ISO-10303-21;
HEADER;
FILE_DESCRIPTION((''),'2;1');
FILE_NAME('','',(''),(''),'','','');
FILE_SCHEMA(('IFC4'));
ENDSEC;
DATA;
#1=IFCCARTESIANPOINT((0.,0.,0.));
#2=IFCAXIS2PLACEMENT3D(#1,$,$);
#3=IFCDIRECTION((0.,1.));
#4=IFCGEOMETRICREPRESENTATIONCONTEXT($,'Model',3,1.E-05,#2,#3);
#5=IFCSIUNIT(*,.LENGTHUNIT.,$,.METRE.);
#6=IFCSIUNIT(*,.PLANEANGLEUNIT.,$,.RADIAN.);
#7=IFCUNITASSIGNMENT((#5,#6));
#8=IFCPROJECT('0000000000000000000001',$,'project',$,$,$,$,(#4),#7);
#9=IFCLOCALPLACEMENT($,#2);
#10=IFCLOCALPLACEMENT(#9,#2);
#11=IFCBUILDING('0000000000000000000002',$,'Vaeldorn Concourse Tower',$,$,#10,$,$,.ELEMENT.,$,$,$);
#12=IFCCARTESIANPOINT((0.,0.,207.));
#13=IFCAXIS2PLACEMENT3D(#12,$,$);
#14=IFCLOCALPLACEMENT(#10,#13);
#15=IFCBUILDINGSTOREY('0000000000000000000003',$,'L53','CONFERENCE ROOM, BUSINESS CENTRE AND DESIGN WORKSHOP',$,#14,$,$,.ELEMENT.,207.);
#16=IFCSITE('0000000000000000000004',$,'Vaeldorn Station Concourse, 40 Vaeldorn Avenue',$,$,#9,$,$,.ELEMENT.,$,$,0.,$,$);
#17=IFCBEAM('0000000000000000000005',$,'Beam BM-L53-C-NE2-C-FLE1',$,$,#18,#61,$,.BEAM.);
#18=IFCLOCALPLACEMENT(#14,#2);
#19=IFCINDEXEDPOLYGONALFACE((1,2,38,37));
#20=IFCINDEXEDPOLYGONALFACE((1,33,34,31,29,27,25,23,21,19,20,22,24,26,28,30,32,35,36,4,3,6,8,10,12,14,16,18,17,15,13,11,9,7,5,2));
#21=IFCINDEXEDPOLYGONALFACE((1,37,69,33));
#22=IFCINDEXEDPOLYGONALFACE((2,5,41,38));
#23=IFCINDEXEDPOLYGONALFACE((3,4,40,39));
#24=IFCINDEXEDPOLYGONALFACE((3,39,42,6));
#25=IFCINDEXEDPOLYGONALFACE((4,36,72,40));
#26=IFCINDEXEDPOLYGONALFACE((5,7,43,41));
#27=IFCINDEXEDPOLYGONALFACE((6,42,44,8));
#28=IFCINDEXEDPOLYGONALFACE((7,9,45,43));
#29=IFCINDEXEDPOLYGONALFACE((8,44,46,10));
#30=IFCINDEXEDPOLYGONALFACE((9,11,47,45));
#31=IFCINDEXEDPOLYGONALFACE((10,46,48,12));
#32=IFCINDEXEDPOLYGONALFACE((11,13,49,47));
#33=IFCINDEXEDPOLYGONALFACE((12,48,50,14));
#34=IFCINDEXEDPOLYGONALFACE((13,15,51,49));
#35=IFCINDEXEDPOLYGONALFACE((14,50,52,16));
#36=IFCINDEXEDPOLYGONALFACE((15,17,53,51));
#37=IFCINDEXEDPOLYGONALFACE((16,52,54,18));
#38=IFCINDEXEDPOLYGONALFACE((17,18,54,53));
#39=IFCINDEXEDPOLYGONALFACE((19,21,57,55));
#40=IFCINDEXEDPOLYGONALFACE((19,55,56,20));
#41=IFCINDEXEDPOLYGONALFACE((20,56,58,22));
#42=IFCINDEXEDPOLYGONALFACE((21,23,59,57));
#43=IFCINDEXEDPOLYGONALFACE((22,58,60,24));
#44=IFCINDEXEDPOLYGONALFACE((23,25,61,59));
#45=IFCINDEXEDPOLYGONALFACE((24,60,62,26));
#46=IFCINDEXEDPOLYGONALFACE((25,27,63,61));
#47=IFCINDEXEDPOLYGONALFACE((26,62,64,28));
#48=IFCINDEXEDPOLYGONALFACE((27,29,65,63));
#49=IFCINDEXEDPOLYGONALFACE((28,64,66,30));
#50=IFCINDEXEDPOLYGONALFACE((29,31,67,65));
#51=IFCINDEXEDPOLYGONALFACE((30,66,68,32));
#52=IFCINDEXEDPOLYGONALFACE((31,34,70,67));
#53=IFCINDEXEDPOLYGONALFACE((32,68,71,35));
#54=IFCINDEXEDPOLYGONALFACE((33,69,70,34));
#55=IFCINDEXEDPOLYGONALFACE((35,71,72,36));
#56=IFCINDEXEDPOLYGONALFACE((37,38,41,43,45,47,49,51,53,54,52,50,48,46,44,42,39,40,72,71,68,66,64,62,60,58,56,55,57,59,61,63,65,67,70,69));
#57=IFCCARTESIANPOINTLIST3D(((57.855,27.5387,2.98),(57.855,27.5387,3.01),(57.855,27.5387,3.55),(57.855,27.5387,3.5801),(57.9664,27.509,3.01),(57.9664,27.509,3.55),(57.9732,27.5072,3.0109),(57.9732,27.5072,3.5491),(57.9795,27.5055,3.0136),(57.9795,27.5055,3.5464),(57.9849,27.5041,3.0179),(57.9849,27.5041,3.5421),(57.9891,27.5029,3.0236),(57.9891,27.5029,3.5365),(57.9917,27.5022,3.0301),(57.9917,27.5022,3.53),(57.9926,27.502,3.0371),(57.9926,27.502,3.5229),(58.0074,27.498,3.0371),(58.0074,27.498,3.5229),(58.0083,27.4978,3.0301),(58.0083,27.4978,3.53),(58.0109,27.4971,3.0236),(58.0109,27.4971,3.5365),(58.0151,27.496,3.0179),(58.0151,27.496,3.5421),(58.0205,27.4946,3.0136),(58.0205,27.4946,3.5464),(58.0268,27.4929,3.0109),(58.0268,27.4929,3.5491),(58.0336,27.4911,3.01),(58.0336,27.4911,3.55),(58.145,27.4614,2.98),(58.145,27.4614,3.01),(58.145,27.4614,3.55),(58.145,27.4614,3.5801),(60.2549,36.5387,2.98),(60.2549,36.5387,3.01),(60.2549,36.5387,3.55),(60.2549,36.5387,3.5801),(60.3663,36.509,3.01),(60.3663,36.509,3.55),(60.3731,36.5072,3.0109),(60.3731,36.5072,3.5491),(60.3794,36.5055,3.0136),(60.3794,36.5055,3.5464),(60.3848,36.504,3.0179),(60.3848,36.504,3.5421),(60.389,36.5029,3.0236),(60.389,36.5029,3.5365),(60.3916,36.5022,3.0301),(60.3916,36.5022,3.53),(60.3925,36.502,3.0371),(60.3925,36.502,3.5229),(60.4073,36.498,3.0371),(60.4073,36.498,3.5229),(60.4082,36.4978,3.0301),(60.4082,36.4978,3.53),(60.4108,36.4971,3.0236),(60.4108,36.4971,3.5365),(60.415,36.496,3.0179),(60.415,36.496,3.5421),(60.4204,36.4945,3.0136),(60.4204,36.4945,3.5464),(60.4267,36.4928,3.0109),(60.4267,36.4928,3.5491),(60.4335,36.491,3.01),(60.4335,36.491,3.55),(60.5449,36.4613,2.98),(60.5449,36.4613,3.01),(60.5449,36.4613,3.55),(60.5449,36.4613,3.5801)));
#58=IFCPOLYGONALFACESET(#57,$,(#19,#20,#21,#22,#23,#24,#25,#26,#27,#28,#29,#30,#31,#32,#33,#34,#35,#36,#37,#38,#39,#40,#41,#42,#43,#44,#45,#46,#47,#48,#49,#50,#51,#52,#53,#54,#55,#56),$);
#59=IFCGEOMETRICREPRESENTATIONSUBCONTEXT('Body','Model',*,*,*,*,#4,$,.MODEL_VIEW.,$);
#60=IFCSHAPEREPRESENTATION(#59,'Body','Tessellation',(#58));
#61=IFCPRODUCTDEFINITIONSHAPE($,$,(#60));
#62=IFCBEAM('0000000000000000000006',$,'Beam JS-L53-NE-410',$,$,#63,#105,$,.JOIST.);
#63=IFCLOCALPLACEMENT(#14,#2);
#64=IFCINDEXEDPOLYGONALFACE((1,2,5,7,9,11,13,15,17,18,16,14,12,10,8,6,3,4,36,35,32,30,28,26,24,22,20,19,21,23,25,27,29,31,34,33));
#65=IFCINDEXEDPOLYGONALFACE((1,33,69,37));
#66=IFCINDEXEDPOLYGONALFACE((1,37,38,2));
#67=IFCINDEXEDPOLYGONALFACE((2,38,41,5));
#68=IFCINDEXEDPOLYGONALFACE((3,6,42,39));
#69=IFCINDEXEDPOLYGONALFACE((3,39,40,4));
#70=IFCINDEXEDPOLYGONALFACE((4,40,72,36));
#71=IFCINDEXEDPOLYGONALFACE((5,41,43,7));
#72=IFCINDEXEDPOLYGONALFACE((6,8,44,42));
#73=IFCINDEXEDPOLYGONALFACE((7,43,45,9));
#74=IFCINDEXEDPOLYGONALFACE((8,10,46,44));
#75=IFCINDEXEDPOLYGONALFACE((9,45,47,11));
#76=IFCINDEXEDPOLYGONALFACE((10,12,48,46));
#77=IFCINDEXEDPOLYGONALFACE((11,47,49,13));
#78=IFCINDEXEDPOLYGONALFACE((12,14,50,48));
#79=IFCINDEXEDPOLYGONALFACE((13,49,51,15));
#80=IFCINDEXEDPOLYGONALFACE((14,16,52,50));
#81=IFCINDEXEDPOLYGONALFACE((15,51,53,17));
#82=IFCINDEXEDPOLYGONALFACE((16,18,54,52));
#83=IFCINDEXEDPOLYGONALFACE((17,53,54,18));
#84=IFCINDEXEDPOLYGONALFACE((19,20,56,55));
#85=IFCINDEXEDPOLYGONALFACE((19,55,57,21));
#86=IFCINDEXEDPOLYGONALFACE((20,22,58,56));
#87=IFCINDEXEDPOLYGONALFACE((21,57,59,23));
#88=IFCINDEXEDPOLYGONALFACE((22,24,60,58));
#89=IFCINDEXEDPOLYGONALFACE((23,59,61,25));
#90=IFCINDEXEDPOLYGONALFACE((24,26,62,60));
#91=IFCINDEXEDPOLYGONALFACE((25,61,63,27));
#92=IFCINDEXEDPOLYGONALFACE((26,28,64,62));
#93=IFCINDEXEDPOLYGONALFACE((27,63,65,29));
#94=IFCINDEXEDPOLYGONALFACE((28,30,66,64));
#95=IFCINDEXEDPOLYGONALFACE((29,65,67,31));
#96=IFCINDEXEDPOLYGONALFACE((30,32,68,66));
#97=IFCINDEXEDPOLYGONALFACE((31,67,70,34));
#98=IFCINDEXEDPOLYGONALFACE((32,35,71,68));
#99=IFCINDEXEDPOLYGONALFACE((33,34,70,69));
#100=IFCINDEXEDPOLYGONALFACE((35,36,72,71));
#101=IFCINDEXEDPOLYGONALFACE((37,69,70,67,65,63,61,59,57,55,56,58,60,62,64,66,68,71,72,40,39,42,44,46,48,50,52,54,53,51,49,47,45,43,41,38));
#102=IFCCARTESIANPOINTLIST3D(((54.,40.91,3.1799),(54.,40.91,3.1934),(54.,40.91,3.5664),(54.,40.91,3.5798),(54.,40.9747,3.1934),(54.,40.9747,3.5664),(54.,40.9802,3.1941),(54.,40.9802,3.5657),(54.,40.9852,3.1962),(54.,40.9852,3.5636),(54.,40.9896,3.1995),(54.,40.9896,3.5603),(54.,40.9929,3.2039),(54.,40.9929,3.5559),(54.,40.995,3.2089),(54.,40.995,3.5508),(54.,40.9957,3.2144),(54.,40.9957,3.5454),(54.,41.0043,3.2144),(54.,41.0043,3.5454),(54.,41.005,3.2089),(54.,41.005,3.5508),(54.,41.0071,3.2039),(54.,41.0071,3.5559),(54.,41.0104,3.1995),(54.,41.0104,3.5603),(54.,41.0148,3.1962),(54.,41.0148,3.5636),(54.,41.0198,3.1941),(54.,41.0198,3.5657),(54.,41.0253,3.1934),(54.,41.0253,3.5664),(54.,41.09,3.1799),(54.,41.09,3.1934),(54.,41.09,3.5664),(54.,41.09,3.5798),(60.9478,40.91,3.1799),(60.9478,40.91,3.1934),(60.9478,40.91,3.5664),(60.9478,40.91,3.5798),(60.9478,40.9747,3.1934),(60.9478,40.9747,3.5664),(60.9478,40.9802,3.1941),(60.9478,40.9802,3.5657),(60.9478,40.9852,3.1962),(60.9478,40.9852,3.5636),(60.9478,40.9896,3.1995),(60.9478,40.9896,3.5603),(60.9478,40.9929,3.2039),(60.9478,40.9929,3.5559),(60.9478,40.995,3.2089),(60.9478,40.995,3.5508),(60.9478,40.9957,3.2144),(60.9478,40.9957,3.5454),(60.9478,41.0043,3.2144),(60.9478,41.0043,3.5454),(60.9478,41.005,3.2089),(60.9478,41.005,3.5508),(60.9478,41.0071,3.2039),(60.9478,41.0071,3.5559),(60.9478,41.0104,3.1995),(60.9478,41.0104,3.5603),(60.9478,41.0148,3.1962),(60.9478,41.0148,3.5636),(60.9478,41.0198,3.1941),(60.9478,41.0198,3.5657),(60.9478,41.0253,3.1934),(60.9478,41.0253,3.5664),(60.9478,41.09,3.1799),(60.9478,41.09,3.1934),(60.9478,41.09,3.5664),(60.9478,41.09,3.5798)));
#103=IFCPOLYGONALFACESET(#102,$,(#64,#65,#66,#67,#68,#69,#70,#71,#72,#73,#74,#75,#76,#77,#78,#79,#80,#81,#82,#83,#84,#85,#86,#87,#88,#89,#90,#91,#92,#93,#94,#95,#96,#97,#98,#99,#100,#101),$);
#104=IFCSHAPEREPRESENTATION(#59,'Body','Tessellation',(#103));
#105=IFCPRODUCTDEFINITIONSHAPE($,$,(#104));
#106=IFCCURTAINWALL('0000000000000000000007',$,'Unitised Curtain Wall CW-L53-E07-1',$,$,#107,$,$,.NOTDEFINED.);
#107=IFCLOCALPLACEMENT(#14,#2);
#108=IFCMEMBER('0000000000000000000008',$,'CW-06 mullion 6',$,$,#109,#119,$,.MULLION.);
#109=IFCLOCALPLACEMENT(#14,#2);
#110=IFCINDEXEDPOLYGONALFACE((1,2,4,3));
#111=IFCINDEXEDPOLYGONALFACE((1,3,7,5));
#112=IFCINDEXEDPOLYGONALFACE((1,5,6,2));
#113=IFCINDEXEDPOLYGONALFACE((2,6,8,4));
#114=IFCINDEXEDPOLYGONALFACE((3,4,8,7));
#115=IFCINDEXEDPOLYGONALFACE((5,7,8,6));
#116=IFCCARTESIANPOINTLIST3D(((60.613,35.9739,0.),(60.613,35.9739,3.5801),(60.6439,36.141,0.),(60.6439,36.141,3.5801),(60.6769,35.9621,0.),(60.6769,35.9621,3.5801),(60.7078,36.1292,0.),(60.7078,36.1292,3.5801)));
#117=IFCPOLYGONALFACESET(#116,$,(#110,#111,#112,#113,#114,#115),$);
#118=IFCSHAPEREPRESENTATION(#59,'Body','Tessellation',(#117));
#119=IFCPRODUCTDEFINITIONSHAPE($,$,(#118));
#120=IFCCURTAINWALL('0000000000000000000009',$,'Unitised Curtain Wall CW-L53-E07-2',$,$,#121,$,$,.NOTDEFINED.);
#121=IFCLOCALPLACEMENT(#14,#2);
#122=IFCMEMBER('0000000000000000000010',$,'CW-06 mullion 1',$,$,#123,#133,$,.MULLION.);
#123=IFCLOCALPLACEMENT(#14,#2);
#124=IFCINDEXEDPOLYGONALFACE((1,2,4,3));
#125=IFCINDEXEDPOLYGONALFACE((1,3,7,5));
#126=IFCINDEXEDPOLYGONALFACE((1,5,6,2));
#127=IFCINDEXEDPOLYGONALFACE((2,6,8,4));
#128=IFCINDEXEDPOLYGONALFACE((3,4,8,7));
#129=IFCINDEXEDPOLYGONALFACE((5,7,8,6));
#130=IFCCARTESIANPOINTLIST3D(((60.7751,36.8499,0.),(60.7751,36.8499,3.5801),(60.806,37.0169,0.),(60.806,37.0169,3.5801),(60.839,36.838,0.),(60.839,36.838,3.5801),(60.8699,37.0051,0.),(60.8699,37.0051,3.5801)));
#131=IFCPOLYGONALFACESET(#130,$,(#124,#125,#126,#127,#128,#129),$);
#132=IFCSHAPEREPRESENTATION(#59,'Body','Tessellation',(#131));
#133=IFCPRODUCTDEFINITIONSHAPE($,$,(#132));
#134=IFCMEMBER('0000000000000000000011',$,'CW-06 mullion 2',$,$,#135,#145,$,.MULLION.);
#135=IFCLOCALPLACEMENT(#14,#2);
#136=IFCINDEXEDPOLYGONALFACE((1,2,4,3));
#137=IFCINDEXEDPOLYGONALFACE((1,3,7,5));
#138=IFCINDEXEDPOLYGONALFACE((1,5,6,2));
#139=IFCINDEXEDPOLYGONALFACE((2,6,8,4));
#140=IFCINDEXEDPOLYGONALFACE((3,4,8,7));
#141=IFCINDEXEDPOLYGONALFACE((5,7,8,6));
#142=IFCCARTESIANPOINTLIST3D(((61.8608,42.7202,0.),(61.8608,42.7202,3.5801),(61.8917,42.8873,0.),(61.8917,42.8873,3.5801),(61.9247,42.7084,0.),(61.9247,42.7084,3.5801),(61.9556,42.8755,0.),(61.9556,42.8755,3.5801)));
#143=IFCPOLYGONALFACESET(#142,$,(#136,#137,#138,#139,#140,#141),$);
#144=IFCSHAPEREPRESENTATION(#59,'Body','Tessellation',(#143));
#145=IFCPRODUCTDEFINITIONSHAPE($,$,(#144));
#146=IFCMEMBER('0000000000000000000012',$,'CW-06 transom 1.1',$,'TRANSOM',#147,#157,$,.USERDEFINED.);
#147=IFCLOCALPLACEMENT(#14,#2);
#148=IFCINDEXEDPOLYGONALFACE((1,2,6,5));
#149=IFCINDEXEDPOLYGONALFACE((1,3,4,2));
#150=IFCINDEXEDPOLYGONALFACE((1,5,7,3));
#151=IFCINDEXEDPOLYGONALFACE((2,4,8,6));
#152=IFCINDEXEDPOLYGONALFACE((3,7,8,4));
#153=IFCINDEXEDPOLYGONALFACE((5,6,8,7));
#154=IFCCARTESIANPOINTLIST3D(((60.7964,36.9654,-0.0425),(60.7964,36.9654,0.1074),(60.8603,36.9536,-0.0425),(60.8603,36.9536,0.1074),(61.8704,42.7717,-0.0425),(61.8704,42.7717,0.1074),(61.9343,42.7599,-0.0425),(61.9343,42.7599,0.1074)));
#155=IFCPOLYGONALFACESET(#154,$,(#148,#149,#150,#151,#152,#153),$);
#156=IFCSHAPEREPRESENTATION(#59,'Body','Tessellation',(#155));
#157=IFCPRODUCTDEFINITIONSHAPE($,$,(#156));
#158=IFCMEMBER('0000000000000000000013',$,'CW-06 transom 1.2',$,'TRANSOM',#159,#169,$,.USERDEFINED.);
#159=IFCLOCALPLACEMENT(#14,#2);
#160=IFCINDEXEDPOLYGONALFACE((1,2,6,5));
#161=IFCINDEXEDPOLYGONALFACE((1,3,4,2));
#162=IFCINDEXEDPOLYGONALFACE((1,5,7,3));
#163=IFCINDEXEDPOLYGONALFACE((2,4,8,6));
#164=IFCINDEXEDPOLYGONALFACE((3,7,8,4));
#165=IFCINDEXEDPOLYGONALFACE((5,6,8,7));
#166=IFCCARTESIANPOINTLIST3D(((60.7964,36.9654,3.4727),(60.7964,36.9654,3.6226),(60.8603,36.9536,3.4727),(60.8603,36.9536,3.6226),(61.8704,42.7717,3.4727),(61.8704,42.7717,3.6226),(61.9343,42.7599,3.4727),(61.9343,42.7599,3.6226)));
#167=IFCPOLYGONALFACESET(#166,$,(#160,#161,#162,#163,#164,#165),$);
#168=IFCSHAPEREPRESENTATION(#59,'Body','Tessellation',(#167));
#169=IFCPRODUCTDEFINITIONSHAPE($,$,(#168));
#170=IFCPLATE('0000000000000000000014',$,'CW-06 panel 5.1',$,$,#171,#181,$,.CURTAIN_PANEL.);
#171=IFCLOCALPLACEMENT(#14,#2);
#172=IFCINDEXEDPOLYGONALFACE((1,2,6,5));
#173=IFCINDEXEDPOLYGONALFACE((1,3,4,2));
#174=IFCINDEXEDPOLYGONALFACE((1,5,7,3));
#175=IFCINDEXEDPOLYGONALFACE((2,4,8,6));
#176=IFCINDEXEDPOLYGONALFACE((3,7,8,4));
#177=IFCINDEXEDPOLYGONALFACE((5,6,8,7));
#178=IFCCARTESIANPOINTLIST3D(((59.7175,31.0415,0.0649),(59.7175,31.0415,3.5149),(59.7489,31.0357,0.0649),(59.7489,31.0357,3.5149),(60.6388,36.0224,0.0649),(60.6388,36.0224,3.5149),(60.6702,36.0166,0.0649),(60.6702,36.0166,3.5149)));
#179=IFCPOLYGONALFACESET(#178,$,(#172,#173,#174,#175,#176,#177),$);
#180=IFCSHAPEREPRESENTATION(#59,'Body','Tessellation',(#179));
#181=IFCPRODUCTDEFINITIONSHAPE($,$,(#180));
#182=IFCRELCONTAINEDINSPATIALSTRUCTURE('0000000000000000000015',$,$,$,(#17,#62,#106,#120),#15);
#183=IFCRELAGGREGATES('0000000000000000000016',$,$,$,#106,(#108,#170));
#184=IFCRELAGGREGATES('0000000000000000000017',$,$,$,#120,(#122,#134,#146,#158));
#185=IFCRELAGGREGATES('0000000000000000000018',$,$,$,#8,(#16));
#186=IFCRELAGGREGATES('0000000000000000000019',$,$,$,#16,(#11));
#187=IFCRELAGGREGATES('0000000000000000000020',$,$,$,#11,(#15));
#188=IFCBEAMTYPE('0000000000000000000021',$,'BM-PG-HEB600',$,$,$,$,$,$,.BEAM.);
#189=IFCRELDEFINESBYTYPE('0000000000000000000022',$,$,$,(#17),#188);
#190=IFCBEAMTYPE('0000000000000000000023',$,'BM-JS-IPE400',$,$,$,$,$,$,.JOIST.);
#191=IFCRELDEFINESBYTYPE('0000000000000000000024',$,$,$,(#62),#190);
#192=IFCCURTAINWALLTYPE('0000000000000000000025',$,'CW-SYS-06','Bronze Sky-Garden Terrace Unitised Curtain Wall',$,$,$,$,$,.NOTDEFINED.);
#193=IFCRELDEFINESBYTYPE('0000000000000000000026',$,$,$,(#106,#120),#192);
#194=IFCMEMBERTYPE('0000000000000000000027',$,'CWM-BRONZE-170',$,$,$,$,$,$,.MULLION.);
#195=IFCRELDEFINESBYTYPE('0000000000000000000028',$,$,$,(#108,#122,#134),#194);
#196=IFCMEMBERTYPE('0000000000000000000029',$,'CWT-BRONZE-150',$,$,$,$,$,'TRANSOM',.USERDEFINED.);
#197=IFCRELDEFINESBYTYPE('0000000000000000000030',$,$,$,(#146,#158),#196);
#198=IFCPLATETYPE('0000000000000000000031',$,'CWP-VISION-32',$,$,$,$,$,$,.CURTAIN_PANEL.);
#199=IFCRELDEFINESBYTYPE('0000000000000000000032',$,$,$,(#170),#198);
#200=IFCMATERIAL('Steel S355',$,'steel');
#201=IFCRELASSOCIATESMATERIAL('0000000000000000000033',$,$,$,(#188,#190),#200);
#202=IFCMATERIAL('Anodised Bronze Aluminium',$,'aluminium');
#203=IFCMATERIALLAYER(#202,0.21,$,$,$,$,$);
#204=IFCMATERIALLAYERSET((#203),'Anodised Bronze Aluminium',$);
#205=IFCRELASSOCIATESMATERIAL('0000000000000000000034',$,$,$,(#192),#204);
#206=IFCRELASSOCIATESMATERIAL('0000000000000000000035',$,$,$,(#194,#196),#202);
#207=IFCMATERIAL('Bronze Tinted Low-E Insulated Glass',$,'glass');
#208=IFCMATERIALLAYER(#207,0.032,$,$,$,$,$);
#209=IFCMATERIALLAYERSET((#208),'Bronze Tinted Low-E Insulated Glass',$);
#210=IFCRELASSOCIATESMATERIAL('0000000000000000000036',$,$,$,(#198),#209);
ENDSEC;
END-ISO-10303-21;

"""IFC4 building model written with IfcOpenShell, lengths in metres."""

from ifc_helpers import new_model, si_unit, direction, frame, origin, origin_2d, place, context, subcontext, project, spatial, rectangle, i_section, extrude, source, transform, mapped, material, layer, layer_set, material_profile, profile_set, type_object, element, aggregate, save


model = new_model("IFC4")

# Units and contexts
model_context = context("Model", 3, precision=1e-05, world=origin(), true_north=direction((0.0, 1.0)))
body_context = subcontext(model_context, "Body", "Model", "MODEL_VIEW")
ifc_project = project(units=[si_unit("LENGTHUNIT", "METRE"), si_unit("PLANEANGLEUNIT", "RADIAN")], contexts=[model_context])

# Site, building, storey
site_placement = place(None, origin())
site = spatial("IfcSite", under=ifc_project, at=site_placement, Name="Vaeldorn Station Concourse, 40 Vaeldorn Avenue", CompositionType="ELEMENT", RefElevation=0.0)
building_placement = place(site_placement, origin())
building = spatial("IfcBuilding", under=site, at=building_placement, Name="Vaeldorn Concourse Tower", CompositionType="ELEMENT")
storey_placement = place(building_placement, frame((0.0, 0.0, 207.0)))
storey = spatial("IfcBuildingStorey", under=building, at=storey_placement, Name="L53", Description="CONFERENCE ROOM, BUSINESS CENTRE AND DESIGN WORKSHOP", CompositionType="ELEMENT", Elevation=207.0)

# Beams
ifc_material_1 = material(Name="Steel S355", Category="steel")
ifc_material_profile_1 = material_profile(ifc_material_1, i_section(OverallWidth=0.3, OverallDepth=0.6001, WebThickness=0.0154, FlangeThickness=0.03, FilletRadius=0.0271, at=origin_2d()), Name="HEB 600")
ifc_profile_set_1 = profile_set([ifc_material_profile_1], Name="Steel S355")
beam_type_1 = type_object("IfcBeamType", Name="BM-PG-HEB600", PredefinedType="BEAM", material=ifc_profile_set_1)
shared_shape_1 = source(origin(), body_context, "Body", "SweptSolid", [
    extrude(i_section(OverallWidth=0.3, OverallDepth=0.6001, WebThickness=0.0154, FlangeThickness=0.03, FilletRadius=0.0271, at=origin_2d()), origin(), (0.0, 0.0, 1.0), 9.3145),
])
beam_1_placement = place(storey_placement, frame((60.3999, 36.5, 3.28), z_axis=(-0.257653, -0.966238, 0.0), x_axis=(0.966238, -0.257653, 0.0)))
element("IfcBeam", 1, at=beam_1_placement, inside=storey, type_object=beam_type_1, Name="Beam BM-L53-C-NE2-C-FLE1", PredefinedType="BEAM", context=body_context, shape_type="MappedRepresentation", body=[
    mapped(shared_shape_1, transform((0.0, 0.0, 0.0), scale=1.0)),
])
ifc_material_profile_2 = material_profile(ifc_material_1, i_section(OverallWidth=0.1799, OverallDepth=0.3999, WebThickness=0.0085, FlangeThickness=0.0134, FilletRadius=0.021, at=origin_2d()), Name="IPE 400")
ifc_profile_set_2 = profile_set([ifc_material_profile_2], Name="Steel S355")
beam_type_2 = type_object("IfcBeamType", Name="BM-JS-IPE400", PredefinedType="JOIST", material=ifc_profile_set_2)
shared_shape_2 = source(origin(), body_context, "Body", "SweptSolid", [
    extrude(i_section(OverallWidth=0.1799, OverallDepth=0.3999, WebThickness=0.0085, FlangeThickness=0.0134, FilletRadius=0.021, at=origin_2d()), origin(), (0.0, 0.0, 1.0), 6.9478),
])
beam_2_placement = place(storey_placement, frame((54.0, 41.0, 3.3799), z_axis=(1.0, 0.0, 0.0), x_axis=(0.0, 1.0, 0.0)))
element("IfcBeam", 2, at=beam_2_placement, inside=storey, type_object=beam_type_2, Name="Beam JS-L53-NE-410", PredefinedType="JOIST", context=body_context, shape_type="MappedRepresentation", body=[
    mapped(shared_shape_2, transform((0.0, 0.0, 0.0), scale=1.0)),
])

# Curtain wall, member
ifc_material_2 = material(Name="Anodised Bronze Aluminium", Category="aluminium")
ifc_layer_1 = layer(ifc_material_2, 0.21)
ifc_layer_set_1 = layer_set([ifc_layer_1], Name="Anodised Bronze Aluminium")
curtain_wall_type = type_object("IfcCurtainWallType", Name="CW-SYS-06", Description="Bronze Sky-Garden Terrace Unitised Curtain Wall", PredefinedType="NOTDEFINED", material=ifc_layer_set_1)
curtain_wall_1_placement = place(storey_placement, origin())
curtain_wall_1 = element("IfcCurtainWall", 3, at=curtain_wall_1_placement, inside=storey, type_object=curtain_wall_type, Name="Unitised Curtain Wall CW-L53-E07-1", PredefinedType="NOTDEFINED")
ifc_material_profile_3 = material_profile(ifc_material_2, rectangle(XDim=0.0649, YDim=0.1699, at=origin_2d()), Name="CWM 65x170")
ifc_profile_set_3 = profile_set([ifc_material_profile_3], Name="Anodised Bronze Aluminium")
member_type_1 = type_object("IfcMemberType", Name="CWM-BRONZE-170", PredefinedType="MULLION", material=ifc_profile_set_3)
shared_shape_3 = source(origin(), body_context, "Body", "SweptSolid", [
    extrude(rectangle(XDim=0.0649, YDim=0.1699, at=origin_2d()), origin(), (0.0, 0.0, 1.0), 3.5801),
])
member_1_placement = place(storey_placement, frame((60.6604, 36.0515, 0.0), z_axis=(0.0, 0.0, 1.0), x_axis=(-0.983319, 0.181889, 0.0)))
member_1 = element("IfcMember", 4, at=member_1_placement, type_object=member_type_1, Name="CW-06 mullion 6", PredefinedType="MULLION", context=body_context, shape_type="MappedRepresentation", body=[
    mapped(shared_shape_3, transform((0.0, 0.0, 0.0), scale=1.0)),
])

# Curtain wall, members
curtain_wall_2_placement = place(storey_placement, origin())
curtain_wall_2 = element("IfcCurtainWall", 5, at=curtain_wall_2_placement, inside=storey, type_object=curtain_wall_type, Name="Unitised Curtain Wall CW-L53-E07-2", PredefinedType="NOTDEFINED")
member_2_placement = place(storey_placement, frame((60.8225, 36.9275, 0.0), z_axis=(0.0, 0.0, 1.0), x_axis=(-0.983319, 0.181888, 0.0)))
member_2 = element("IfcMember", 6, at=member_2_placement, type_object=member_type_1, Name="CW-06 mullion 1", PredefinedType="MULLION", context=body_context, shape_type="MappedRepresentation", body=[
    mapped(shared_shape_3, transform((0.0, 0.0, 0.0), scale=1.0)),
])
member_3_placement = place(storey_placement, frame((61.9082, 42.7979, 0.0), z_axis=(0.0, 0.0, 1.0), x_axis=(-0.983319, 0.181888, 0.0)))
member_3 = element("IfcMember", 7, at=member_3_placement, type_object=member_type_1, Name="CW-06 mullion 2", PredefinedType="MULLION", context=body_context, shape_type="MappedRepresentation", body=[
    mapped(shared_shape_3, transform((0.0, 0.0, 0.0), scale=1.0)),
])
ifc_material_profile_4 = material_profile(ifc_material_2, rectangle(XDim=0.0649, YDim=0.1499, at=origin_2d()), Name="CWT 65x150")
ifc_profile_set_4 = profile_set([ifc_material_profile_4], Name="Anodised Bronze Aluminium")
member_type_2 = type_object("IfcMemberType", Name="CWT-BRONZE-150", ElementType="TRANSOM", PredefinedType="USERDEFINED", material=ifc_profile_set_4)
shared_shape_4 = source(origin(), body_context, "Body", "SweptSolid", [
    extrude(rectangle(XDim=0.0649, YDim=0.1499, at=origin_2d()), origin(), (0.0, 0.0, 1.0), 5.9048),
])
member_4_placement = place(storey_placement, frame((60.8284, 36.9595, 0.0325), z_axis=(0.181879, 0.983321, 0.0), x_axis=(-0.983321, 0.181879, 0.0)))
member_4 = element("IfcMember", 8, at=member_4_placement, type_object=member_type_2, Name="CW-06 transom 1.1", ObjectType="TRANSOM", PredefinedType="USERDEFINED", context=body_context, shape_type="MappedRepresentation", body=[
    mapped(shared_shape_4, transform((0.0, 0.0, 0.0), scale=1.0)),
])
member_5_placement = place(storey_placement, frame((60.8284, 36.9595, 3.5476), z_axis=(0.181879, 0.983321, 0.0), x_axis=(-0.983321, 0.181879, 0.0)))
member_5 = element("IfcMember", 9, at=member_5_placement, type_object=member_type_2, Name="CW-06 transom 1.2", ObjectType="TRANSOM", PredefinedType="USERDEFINED", context=body_context, shape_type="MappedRepresentation", body=[
    mapped(shared_shape_4, transform((0.0, 0.0, 0.0), scale=1.0)),
])

# Plate
ifc_material_3 = material(Name="Bronze Tinted Low-E Insulated Glass", Category="glass")
ifc_layer_2 = layer(ifc_material_3, 0.032)
ifc_layer_set_2 = layer_set([ifc_layer_2], Name="Bronze Tinted Low-E Insulated Glass")
plate_type = type_object("IfcPlateType", Name="CWP-VISION-32", PredefinedType="CURTAIN_PANEL", material=ifc_layer_set_2)
shared_shape_5 = source(origin(), body_context, "Body", "SweptSolid", [
    extrude(rectangle(XDim=5.0654, YDim=0.032, at=origin_2d()), origin(), (0.0, 0.0, 1.0), 3.45),
])
plate_1_placement = place(storey_placement, frame((60.1938, 33.5291, 0.0649), z_axis=(0.0, 0.0, 1.0), x_axis=(0.181889, 0.983319, 0.0)))
plate_1 = element("IfcPlate", 10, at=plate_1_placement, type_object=plate_type, Name="CW-06 panel 5.1", PredefinedType="CURTAIN_PANEL", context=body_context, shape_type="MappedRepresentation", body=[
    mapped(shared_shape_5, transform((0.0, 0.0, 0.0), scale=1.0)),
])
aggregate(curtain_wall_1, [member_1, plate_1])
aggregate(curtain_wall_2, [member_2, member_3, member_4, member_5])

save(model, "model.ifc")
